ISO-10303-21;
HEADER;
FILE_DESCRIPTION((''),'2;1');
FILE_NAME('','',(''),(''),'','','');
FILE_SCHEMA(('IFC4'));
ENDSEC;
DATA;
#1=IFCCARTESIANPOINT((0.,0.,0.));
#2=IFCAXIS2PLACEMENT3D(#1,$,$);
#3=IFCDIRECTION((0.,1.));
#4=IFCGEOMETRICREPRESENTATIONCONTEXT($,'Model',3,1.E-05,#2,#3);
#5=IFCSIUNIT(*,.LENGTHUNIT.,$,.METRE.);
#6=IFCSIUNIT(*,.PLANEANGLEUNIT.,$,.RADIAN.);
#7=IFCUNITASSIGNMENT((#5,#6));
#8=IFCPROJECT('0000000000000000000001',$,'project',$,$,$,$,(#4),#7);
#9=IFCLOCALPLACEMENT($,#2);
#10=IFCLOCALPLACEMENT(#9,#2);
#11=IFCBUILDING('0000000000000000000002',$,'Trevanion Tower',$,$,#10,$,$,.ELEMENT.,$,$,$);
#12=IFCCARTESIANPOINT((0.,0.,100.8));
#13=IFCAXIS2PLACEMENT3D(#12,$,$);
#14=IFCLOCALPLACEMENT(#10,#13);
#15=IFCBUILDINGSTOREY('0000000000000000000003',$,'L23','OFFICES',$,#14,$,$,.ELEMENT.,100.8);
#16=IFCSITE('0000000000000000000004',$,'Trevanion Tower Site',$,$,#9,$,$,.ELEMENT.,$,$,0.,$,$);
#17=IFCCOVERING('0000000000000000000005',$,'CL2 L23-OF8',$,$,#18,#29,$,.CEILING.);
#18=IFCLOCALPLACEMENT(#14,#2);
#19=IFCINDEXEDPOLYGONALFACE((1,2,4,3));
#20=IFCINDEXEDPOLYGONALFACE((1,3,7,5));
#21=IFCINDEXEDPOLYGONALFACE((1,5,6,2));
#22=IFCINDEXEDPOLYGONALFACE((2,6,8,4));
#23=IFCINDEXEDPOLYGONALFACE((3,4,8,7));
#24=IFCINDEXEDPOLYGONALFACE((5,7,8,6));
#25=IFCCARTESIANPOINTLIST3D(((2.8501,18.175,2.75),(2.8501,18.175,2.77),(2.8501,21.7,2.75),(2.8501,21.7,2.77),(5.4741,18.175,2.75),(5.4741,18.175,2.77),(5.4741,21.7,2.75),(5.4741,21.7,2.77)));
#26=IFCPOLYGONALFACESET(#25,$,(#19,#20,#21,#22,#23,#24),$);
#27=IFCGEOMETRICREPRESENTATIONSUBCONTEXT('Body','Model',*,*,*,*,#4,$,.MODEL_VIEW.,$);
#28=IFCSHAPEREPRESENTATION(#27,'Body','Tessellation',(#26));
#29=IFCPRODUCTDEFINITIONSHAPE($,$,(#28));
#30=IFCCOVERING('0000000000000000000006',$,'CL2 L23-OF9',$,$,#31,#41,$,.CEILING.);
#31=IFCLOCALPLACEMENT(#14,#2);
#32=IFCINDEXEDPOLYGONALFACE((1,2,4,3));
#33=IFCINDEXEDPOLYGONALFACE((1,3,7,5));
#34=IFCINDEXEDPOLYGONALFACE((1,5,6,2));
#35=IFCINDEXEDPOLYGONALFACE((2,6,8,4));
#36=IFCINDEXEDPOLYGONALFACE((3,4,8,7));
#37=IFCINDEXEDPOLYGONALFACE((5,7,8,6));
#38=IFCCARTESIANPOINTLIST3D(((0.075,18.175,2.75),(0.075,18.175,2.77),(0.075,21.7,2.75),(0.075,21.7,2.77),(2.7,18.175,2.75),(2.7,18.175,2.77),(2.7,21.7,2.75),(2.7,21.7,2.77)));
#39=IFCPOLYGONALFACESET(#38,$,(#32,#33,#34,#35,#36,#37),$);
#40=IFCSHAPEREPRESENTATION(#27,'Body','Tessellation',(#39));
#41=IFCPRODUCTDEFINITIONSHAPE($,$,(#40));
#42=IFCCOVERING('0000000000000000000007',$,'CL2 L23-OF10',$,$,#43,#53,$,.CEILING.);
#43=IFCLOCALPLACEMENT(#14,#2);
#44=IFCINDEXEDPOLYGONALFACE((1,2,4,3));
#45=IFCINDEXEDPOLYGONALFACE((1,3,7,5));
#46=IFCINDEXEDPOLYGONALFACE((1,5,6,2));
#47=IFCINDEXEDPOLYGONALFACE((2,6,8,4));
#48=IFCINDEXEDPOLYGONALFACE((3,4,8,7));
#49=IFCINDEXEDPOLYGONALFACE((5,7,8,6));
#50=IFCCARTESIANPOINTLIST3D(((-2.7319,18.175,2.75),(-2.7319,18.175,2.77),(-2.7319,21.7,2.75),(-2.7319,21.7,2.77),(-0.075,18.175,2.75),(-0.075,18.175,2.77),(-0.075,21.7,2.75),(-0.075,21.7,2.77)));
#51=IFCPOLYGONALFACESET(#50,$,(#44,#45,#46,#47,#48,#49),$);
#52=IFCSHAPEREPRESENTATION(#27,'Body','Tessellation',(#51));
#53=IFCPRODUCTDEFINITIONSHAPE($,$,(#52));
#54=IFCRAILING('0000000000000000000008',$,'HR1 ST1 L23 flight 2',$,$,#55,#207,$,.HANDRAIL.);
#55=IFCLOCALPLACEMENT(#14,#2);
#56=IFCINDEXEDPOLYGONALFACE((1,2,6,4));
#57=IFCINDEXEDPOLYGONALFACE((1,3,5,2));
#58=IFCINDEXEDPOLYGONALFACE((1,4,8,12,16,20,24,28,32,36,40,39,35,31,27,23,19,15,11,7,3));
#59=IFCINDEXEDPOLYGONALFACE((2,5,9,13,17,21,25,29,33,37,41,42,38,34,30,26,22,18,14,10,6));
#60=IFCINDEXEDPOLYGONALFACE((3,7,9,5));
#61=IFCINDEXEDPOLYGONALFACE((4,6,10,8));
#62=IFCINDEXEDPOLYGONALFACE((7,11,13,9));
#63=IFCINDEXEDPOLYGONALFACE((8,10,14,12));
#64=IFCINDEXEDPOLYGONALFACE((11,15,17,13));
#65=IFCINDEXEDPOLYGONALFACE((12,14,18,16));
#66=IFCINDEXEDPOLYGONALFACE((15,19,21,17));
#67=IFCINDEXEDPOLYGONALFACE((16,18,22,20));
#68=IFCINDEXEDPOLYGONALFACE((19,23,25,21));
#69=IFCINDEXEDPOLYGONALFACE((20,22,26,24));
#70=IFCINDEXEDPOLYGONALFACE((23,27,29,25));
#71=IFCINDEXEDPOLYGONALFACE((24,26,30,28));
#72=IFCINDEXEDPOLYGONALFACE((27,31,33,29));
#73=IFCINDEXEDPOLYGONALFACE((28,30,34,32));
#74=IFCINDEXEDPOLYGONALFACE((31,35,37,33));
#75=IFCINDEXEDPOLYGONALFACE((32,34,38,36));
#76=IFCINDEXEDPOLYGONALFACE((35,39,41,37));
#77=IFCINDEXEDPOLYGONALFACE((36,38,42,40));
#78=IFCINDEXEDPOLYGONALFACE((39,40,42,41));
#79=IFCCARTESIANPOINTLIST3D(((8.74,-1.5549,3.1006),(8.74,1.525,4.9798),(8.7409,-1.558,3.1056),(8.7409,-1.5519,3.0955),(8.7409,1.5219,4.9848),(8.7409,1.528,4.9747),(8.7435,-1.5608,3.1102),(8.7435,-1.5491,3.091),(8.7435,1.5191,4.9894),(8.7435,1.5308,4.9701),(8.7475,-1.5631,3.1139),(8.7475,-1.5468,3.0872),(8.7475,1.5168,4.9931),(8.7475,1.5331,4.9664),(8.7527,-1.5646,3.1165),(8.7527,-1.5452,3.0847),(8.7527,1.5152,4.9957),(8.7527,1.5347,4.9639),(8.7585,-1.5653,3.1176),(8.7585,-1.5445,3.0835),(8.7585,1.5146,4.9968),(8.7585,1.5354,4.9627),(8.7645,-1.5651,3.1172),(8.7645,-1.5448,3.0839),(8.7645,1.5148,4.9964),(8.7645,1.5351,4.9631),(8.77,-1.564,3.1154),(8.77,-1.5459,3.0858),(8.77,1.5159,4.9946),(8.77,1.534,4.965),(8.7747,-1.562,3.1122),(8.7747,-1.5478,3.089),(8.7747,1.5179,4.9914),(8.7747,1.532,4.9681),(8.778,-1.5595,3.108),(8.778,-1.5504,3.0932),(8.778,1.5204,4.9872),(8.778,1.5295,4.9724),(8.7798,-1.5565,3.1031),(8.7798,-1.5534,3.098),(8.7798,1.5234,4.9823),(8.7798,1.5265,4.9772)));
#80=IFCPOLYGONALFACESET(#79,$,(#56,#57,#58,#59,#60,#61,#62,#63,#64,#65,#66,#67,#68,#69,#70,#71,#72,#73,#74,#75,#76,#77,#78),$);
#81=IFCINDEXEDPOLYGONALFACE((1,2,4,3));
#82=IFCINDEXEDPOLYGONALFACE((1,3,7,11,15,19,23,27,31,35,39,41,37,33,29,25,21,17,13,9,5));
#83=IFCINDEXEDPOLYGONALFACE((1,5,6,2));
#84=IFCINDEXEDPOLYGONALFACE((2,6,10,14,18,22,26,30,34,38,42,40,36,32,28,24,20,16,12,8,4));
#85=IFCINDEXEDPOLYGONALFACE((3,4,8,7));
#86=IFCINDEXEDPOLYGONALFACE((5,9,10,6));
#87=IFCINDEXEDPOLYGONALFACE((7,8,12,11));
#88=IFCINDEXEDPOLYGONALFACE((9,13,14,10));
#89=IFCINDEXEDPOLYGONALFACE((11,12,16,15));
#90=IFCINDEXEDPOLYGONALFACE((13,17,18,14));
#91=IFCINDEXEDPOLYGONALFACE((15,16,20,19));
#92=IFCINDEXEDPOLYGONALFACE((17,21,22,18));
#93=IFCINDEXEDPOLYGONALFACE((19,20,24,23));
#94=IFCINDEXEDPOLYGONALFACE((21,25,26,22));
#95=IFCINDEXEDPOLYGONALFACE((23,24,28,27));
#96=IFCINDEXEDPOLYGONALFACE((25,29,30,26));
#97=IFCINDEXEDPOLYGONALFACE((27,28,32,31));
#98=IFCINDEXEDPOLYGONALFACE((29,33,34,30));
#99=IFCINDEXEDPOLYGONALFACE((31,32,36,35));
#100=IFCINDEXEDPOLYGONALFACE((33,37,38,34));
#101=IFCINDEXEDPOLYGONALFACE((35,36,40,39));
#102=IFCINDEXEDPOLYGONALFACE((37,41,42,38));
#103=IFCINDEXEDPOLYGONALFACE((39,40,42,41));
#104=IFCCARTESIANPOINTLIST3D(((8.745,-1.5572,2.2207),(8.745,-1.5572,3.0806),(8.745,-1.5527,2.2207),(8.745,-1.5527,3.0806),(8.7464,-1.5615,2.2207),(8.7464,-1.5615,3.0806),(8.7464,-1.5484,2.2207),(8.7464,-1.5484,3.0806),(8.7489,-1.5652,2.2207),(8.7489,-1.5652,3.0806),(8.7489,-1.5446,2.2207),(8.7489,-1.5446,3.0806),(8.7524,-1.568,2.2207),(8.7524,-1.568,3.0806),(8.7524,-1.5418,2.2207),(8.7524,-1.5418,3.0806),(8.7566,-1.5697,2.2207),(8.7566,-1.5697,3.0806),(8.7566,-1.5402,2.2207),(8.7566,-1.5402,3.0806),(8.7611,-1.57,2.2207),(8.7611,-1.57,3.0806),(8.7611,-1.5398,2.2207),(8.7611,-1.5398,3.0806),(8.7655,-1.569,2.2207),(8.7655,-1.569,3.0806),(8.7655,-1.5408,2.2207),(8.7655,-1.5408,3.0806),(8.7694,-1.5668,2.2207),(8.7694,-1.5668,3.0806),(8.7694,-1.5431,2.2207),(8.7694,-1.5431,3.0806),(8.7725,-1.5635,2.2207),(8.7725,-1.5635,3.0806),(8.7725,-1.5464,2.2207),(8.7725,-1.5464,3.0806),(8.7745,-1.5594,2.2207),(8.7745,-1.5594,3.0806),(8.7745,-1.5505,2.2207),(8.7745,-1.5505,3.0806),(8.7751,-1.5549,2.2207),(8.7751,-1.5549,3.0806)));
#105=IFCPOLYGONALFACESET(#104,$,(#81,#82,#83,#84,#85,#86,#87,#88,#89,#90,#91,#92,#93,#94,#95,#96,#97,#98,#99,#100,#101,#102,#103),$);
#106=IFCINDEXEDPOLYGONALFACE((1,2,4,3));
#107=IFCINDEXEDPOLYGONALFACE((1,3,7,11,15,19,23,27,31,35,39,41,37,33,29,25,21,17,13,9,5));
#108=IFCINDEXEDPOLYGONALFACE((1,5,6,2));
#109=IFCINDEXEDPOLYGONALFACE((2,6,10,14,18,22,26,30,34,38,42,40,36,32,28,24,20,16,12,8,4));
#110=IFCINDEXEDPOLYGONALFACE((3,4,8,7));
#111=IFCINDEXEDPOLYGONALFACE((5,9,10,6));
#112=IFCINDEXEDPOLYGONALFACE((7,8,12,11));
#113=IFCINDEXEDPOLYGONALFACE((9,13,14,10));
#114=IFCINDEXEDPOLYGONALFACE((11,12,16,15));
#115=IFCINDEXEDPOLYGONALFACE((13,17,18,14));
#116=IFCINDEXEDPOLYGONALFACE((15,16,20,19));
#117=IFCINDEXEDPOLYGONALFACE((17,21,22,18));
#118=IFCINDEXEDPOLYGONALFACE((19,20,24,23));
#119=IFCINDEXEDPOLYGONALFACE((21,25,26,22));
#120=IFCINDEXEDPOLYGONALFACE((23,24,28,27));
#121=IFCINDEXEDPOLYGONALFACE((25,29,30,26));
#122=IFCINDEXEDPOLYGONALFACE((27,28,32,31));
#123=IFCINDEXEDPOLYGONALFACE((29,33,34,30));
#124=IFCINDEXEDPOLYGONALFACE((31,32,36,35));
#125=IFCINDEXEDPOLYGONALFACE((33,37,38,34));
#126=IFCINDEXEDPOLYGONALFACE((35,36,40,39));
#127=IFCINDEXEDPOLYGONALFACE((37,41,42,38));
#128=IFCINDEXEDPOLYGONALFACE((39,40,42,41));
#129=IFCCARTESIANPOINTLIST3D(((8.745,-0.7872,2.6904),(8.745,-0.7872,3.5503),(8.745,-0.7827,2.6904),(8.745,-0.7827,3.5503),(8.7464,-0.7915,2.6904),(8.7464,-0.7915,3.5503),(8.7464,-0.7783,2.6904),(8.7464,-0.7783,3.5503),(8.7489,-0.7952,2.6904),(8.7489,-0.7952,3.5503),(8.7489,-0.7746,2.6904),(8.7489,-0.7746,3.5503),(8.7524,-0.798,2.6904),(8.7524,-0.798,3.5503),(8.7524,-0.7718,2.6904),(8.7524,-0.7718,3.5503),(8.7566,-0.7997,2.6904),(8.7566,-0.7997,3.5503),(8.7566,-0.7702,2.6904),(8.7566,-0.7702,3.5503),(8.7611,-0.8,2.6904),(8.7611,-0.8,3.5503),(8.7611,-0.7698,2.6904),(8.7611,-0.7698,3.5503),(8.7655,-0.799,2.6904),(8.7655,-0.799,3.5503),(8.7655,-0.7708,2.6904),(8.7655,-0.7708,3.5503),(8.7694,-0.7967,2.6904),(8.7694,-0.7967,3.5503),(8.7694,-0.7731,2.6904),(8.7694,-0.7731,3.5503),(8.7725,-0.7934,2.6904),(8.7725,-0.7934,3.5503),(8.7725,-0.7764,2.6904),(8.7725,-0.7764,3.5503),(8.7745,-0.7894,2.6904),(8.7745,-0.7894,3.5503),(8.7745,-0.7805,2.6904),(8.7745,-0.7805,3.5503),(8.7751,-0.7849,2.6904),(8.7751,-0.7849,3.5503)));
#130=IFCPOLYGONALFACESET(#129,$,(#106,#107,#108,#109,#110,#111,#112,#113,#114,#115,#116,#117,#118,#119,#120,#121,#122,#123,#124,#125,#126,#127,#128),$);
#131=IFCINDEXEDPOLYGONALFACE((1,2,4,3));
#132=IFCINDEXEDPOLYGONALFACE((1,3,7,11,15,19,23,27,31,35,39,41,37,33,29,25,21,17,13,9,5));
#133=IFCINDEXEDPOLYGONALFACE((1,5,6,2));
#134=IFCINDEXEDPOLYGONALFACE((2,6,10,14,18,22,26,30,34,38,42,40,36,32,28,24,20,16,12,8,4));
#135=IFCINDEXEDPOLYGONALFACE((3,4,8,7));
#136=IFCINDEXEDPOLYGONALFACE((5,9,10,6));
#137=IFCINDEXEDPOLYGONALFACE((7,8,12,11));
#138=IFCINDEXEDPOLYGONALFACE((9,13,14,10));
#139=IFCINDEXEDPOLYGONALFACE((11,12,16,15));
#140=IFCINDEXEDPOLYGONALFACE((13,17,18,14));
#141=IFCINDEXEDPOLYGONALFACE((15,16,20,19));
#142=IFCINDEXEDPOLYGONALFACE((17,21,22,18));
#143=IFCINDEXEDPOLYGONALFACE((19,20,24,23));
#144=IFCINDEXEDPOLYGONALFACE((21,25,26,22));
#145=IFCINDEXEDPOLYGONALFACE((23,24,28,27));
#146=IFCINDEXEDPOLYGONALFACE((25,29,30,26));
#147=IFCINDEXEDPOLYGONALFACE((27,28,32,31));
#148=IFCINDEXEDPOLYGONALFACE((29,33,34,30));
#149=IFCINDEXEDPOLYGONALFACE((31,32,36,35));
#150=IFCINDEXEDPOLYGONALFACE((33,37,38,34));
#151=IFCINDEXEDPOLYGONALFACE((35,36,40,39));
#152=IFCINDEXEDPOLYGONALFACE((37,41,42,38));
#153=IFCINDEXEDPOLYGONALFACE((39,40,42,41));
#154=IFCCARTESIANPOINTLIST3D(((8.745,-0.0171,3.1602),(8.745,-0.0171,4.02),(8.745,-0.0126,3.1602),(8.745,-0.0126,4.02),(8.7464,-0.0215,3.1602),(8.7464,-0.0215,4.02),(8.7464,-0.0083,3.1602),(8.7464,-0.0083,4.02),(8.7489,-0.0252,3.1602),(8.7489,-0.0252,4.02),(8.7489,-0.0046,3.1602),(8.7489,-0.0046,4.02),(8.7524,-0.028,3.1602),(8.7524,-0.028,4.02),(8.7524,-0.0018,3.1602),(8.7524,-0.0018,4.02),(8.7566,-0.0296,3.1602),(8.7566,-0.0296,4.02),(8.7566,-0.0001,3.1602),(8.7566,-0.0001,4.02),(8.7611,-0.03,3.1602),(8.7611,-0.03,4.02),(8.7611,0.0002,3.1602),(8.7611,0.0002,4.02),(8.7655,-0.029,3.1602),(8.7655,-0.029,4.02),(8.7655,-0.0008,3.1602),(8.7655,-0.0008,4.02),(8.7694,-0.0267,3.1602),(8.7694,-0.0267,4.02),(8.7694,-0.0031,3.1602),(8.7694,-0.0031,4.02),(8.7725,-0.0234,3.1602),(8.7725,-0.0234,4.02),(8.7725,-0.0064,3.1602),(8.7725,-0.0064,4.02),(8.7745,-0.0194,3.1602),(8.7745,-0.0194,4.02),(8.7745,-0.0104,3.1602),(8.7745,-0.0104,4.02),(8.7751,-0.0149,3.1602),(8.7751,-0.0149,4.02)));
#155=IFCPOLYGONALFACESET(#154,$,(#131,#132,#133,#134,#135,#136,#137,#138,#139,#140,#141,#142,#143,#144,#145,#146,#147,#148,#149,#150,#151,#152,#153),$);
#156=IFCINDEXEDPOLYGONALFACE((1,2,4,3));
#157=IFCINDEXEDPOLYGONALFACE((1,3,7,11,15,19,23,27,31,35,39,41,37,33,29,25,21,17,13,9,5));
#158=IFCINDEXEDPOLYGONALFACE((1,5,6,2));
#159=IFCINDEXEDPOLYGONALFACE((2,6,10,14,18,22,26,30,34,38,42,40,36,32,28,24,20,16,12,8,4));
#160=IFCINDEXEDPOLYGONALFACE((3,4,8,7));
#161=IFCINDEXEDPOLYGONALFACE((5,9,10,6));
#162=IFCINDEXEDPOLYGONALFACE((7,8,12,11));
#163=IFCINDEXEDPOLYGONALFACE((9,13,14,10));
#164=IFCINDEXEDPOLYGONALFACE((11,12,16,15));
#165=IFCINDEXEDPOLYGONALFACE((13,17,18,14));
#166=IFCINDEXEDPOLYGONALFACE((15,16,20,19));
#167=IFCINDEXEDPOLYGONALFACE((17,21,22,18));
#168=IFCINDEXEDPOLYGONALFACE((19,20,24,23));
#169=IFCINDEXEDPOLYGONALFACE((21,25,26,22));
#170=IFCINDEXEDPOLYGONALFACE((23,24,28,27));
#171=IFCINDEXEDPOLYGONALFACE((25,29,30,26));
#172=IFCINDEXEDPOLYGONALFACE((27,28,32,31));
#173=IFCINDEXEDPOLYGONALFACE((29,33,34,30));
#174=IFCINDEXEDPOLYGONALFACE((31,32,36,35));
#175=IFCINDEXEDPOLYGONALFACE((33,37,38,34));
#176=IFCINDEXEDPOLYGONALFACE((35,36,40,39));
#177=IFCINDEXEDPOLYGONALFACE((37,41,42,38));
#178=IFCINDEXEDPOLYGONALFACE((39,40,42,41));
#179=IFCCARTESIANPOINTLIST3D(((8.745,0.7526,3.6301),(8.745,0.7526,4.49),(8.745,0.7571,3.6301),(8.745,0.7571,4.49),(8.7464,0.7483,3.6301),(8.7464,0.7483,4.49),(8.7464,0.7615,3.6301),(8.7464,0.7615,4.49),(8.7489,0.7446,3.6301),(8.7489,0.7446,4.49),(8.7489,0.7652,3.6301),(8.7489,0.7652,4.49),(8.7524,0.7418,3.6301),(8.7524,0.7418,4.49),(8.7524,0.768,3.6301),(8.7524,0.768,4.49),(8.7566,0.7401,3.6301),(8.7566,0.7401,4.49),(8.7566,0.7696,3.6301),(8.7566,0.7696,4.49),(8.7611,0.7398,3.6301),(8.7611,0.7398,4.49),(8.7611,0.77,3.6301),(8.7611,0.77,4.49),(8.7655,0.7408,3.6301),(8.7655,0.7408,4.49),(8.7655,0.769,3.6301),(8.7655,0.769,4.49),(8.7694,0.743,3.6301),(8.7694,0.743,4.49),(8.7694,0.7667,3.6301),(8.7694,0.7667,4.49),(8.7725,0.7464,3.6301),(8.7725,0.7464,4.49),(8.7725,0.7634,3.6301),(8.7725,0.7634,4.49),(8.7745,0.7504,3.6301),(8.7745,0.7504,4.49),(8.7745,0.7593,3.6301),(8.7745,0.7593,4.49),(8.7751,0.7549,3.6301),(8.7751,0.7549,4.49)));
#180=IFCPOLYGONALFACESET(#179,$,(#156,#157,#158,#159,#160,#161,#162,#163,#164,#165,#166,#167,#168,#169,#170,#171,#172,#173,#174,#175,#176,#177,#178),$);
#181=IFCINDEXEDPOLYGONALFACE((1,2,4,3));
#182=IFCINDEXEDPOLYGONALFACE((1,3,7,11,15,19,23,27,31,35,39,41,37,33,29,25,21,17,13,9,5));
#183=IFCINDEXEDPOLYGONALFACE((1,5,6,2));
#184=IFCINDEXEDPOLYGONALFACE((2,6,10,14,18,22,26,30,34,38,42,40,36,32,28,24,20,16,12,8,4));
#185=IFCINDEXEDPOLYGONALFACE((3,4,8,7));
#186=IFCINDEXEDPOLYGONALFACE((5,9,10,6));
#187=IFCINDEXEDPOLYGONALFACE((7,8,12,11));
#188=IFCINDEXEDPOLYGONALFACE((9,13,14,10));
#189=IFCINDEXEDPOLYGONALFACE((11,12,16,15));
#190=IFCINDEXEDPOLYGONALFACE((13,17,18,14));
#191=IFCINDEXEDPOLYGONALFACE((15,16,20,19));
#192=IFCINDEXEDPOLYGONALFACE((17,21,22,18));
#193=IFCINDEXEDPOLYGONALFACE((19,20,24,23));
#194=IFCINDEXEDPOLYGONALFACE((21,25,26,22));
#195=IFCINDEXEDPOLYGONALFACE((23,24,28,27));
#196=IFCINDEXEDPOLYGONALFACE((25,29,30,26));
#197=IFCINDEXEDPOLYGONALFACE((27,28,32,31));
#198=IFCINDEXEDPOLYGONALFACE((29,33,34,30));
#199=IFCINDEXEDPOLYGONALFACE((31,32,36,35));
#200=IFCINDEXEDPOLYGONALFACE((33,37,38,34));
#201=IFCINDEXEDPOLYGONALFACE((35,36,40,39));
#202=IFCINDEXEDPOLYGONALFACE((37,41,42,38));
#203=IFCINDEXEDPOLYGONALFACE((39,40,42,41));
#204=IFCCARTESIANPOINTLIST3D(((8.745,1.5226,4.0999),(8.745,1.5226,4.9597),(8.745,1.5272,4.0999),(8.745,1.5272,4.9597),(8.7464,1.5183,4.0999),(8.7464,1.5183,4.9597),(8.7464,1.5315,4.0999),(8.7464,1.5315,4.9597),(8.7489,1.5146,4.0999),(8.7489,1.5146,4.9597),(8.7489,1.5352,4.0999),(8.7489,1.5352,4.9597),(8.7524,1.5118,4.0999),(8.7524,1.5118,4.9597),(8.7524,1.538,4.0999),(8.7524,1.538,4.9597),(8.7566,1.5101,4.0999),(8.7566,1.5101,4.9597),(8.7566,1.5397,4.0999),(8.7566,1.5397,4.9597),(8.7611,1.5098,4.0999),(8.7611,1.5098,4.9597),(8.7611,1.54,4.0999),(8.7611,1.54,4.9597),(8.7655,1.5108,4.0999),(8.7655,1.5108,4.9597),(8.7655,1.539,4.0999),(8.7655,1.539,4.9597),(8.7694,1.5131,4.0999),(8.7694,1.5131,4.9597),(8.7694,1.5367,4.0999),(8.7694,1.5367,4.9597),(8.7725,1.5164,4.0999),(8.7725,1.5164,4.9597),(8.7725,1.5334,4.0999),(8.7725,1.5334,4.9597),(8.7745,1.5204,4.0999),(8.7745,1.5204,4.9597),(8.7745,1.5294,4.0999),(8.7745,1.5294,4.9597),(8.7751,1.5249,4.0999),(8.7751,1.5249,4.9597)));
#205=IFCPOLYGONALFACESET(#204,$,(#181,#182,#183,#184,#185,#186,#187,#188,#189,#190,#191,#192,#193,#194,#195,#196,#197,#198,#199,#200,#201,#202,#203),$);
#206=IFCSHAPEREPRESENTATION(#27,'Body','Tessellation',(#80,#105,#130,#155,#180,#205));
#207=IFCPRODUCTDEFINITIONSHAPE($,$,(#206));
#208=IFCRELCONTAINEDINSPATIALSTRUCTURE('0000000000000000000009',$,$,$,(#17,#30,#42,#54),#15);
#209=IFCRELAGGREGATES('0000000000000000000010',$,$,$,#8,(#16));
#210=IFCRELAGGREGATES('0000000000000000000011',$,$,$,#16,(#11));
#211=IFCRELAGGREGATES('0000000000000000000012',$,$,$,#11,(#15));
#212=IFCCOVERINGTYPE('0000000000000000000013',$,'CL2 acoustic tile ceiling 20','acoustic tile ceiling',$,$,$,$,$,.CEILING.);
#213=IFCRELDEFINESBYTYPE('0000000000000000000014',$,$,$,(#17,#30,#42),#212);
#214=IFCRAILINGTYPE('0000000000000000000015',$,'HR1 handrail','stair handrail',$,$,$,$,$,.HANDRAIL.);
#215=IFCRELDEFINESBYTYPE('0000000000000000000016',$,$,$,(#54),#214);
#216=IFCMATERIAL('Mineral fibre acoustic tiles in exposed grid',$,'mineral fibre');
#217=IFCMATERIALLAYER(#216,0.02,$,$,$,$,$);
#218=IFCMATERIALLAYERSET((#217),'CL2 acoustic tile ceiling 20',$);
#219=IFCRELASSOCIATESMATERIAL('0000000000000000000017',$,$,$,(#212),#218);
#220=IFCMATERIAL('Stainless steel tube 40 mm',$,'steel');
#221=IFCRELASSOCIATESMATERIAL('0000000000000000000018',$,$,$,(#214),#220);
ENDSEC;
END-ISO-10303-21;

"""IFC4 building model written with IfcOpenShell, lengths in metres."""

from ifc_helpers import new_model, si_unit, direction, frame, origin, origin_2d, place, context, subcontext, project, spatial, polyline, circle, outline, extrude, material, layer, layer_set, type_object, element, save


model = new_model("IFC4")

# Units and contexts
model_context = context("Model", 3, precision=1e-05, world=origin(), true_north=direction((0.0, 1.0)))
body_context = subcontext(model_context, "Body", "Model", "MODEL_VIEW")
ifc_project = project(units=[si_unit("LENGTHUNIT", "METRE"), si_unit("PLANEANGLEUNIT", "RADIAN")], contexts=[model_context])

# Site, building, storey
site_placement = place(None, origin())
site = spatial("IfcSite", under=ifc_project, at=site_placement, Name="Trevanion Tower Site", CompositionType="ELEMENT", RefElevation=0.0)
building_placement = place(site_placement, origin())
building = spatial("IfcBuilding", under=site, at=building_placement, Name="Trevanion Tower", CompositionType="ELEMENT")
storey_placement = place(building_placement, frame((0.0, 0.0, 100.8)))
storey = spatial("IfcBuildingStorey", under=building, at=storey_placement, Name="L23", Description="OFFICES", CompositionType="ELEMENT", Elevation=100.8)

# Coverings
ifc_material_1 = material(Name="Mineral fibre acoustic tiles in exposed grid", Category="mineral fibre")
ifc_layer_1 = layer(ifc_material_1, 0.02)
ifc_layer_set_1 = layer_set([ifc_layer_1], Name="CL2 acoustic tile ceiling 20")
covering_type_1 = type_object("IfcCoveringType", Name="CL2 acoustic tile ceiling 20", Description="acoustic tile ceiling", PredefinedType="CEILING", material=ifc_layer_set_1)
covering_1_placement = place(storey_placement, frame((0.0, 0.0, 2.75)))
element("IfcCovering", 1, at=covering_1_placement, inside=storey, type_object=covering_type_1, Name="CL2 L23-OF8", PredefinedType="CEILING", context=body_context, shape_type="SweptSolid", body=[
    extrude(outline(polyline([(5.4741, 18.175), (2.8501, 18.175), (2.8501, 21.7), (5.4741, 21.7), (5.4741, 18.175)])), origin(), (0.0, 0.0, 1.0), 0.02),
])
covering_2_placement = place(storey_placement, frame((0.0, 0.0, 2.75)))
element("IfcCovering", 2, at=covering_2_placement, inside=storey, type_object=covering_type_1, Name="CL2 L23-OF9", PredefinedType="CEILING", context=body_context, shape_type="SweptSolid", body=[
    extrude(outline(polyline([(2.7, 18.175), (0.075, 18.175), (0.075, 21.7), (2.7, 21.7), (2.7, 18.175)])), origin(), (0.0, 0.0, 1.0), 0.02),
])
covering_3_placement = place(storey_placement, frame((0.0, 0.0, 2.75)))
element("IfcCovering", 3, at=covering_3_placement, inside=storey, type_object=covering_type_1, Name="CL2 L23-OF10", PredefinedType="CEILING", context=body_context, shape_type="SweptSolid", body=[
    extrude(outline(polyline([(-0.075, 18.175), (-2.7319, 18.175), (-2.7319, 21.7), (-0.075, 21.7), (-0.075, 18.175)])), origin(), (0.0, 0.0, 1.0), 0.02),
])

# Railing
ifc_material_2 = material(Name="Stainless steel tube 40 mm", Category="steel")
railing_type = type_object("IfcRailingType", Name="HR1 handrail", Description="stair handrail", PredefinedType="HANDRAIL", material=ifc_material_2)
for number, where, name in (
    (4, (8.76, -1.5549, 2.2207), "HR1 ST1 L23 flight 2"),
):
    element("IfcRailing", number, at=place(storey_placement, frame(where)), inside=storey, type_object=railing_type, Name=name, PredefinedType="HANDRAIL", context=body_context, shape_type="SweptSolid", body=[
        extrude(circle(Radius=0.02, at=origin_2d()), frame((0.0, 0.0, 0.8799), z_axis=(0.0, 0.853648, 0.52085), x_axis=(-1.0, 0.0, 0.0)), (0.0, 0.0, 1.0), 3.6079),
        extrude(circle(Radius=0.0151, at=origin_2d()), origin(), (0.0, 0.0, 1.0), 0.8599),
        extrude(circle(Radius=0.0151, at=origin_2d()), frame((0.0, 0.77, 0.4697)), (0.0, 0.0, 1.0), 0.8599),
        extrude(circle(Radius=0.0151, at=origin_2d()), frame((0.0, 1.54, 0.9395)), (0.0, 0.0, 1.0), 0.8599),
        extrude(circle(Radius=0.0151, at=origin_2d()), frame((0.0, 2.3098, 1.4094)), (0.0, 0.0, 1.0), 0.8599),
        extrude(circle(Radius=0.0151, at=origin_2d()), frame((0.0, 3.0798, 1.8792)), (0.0, 0.0, 1.0), 0.8599),
    ])

save(model, "model.ifc")
